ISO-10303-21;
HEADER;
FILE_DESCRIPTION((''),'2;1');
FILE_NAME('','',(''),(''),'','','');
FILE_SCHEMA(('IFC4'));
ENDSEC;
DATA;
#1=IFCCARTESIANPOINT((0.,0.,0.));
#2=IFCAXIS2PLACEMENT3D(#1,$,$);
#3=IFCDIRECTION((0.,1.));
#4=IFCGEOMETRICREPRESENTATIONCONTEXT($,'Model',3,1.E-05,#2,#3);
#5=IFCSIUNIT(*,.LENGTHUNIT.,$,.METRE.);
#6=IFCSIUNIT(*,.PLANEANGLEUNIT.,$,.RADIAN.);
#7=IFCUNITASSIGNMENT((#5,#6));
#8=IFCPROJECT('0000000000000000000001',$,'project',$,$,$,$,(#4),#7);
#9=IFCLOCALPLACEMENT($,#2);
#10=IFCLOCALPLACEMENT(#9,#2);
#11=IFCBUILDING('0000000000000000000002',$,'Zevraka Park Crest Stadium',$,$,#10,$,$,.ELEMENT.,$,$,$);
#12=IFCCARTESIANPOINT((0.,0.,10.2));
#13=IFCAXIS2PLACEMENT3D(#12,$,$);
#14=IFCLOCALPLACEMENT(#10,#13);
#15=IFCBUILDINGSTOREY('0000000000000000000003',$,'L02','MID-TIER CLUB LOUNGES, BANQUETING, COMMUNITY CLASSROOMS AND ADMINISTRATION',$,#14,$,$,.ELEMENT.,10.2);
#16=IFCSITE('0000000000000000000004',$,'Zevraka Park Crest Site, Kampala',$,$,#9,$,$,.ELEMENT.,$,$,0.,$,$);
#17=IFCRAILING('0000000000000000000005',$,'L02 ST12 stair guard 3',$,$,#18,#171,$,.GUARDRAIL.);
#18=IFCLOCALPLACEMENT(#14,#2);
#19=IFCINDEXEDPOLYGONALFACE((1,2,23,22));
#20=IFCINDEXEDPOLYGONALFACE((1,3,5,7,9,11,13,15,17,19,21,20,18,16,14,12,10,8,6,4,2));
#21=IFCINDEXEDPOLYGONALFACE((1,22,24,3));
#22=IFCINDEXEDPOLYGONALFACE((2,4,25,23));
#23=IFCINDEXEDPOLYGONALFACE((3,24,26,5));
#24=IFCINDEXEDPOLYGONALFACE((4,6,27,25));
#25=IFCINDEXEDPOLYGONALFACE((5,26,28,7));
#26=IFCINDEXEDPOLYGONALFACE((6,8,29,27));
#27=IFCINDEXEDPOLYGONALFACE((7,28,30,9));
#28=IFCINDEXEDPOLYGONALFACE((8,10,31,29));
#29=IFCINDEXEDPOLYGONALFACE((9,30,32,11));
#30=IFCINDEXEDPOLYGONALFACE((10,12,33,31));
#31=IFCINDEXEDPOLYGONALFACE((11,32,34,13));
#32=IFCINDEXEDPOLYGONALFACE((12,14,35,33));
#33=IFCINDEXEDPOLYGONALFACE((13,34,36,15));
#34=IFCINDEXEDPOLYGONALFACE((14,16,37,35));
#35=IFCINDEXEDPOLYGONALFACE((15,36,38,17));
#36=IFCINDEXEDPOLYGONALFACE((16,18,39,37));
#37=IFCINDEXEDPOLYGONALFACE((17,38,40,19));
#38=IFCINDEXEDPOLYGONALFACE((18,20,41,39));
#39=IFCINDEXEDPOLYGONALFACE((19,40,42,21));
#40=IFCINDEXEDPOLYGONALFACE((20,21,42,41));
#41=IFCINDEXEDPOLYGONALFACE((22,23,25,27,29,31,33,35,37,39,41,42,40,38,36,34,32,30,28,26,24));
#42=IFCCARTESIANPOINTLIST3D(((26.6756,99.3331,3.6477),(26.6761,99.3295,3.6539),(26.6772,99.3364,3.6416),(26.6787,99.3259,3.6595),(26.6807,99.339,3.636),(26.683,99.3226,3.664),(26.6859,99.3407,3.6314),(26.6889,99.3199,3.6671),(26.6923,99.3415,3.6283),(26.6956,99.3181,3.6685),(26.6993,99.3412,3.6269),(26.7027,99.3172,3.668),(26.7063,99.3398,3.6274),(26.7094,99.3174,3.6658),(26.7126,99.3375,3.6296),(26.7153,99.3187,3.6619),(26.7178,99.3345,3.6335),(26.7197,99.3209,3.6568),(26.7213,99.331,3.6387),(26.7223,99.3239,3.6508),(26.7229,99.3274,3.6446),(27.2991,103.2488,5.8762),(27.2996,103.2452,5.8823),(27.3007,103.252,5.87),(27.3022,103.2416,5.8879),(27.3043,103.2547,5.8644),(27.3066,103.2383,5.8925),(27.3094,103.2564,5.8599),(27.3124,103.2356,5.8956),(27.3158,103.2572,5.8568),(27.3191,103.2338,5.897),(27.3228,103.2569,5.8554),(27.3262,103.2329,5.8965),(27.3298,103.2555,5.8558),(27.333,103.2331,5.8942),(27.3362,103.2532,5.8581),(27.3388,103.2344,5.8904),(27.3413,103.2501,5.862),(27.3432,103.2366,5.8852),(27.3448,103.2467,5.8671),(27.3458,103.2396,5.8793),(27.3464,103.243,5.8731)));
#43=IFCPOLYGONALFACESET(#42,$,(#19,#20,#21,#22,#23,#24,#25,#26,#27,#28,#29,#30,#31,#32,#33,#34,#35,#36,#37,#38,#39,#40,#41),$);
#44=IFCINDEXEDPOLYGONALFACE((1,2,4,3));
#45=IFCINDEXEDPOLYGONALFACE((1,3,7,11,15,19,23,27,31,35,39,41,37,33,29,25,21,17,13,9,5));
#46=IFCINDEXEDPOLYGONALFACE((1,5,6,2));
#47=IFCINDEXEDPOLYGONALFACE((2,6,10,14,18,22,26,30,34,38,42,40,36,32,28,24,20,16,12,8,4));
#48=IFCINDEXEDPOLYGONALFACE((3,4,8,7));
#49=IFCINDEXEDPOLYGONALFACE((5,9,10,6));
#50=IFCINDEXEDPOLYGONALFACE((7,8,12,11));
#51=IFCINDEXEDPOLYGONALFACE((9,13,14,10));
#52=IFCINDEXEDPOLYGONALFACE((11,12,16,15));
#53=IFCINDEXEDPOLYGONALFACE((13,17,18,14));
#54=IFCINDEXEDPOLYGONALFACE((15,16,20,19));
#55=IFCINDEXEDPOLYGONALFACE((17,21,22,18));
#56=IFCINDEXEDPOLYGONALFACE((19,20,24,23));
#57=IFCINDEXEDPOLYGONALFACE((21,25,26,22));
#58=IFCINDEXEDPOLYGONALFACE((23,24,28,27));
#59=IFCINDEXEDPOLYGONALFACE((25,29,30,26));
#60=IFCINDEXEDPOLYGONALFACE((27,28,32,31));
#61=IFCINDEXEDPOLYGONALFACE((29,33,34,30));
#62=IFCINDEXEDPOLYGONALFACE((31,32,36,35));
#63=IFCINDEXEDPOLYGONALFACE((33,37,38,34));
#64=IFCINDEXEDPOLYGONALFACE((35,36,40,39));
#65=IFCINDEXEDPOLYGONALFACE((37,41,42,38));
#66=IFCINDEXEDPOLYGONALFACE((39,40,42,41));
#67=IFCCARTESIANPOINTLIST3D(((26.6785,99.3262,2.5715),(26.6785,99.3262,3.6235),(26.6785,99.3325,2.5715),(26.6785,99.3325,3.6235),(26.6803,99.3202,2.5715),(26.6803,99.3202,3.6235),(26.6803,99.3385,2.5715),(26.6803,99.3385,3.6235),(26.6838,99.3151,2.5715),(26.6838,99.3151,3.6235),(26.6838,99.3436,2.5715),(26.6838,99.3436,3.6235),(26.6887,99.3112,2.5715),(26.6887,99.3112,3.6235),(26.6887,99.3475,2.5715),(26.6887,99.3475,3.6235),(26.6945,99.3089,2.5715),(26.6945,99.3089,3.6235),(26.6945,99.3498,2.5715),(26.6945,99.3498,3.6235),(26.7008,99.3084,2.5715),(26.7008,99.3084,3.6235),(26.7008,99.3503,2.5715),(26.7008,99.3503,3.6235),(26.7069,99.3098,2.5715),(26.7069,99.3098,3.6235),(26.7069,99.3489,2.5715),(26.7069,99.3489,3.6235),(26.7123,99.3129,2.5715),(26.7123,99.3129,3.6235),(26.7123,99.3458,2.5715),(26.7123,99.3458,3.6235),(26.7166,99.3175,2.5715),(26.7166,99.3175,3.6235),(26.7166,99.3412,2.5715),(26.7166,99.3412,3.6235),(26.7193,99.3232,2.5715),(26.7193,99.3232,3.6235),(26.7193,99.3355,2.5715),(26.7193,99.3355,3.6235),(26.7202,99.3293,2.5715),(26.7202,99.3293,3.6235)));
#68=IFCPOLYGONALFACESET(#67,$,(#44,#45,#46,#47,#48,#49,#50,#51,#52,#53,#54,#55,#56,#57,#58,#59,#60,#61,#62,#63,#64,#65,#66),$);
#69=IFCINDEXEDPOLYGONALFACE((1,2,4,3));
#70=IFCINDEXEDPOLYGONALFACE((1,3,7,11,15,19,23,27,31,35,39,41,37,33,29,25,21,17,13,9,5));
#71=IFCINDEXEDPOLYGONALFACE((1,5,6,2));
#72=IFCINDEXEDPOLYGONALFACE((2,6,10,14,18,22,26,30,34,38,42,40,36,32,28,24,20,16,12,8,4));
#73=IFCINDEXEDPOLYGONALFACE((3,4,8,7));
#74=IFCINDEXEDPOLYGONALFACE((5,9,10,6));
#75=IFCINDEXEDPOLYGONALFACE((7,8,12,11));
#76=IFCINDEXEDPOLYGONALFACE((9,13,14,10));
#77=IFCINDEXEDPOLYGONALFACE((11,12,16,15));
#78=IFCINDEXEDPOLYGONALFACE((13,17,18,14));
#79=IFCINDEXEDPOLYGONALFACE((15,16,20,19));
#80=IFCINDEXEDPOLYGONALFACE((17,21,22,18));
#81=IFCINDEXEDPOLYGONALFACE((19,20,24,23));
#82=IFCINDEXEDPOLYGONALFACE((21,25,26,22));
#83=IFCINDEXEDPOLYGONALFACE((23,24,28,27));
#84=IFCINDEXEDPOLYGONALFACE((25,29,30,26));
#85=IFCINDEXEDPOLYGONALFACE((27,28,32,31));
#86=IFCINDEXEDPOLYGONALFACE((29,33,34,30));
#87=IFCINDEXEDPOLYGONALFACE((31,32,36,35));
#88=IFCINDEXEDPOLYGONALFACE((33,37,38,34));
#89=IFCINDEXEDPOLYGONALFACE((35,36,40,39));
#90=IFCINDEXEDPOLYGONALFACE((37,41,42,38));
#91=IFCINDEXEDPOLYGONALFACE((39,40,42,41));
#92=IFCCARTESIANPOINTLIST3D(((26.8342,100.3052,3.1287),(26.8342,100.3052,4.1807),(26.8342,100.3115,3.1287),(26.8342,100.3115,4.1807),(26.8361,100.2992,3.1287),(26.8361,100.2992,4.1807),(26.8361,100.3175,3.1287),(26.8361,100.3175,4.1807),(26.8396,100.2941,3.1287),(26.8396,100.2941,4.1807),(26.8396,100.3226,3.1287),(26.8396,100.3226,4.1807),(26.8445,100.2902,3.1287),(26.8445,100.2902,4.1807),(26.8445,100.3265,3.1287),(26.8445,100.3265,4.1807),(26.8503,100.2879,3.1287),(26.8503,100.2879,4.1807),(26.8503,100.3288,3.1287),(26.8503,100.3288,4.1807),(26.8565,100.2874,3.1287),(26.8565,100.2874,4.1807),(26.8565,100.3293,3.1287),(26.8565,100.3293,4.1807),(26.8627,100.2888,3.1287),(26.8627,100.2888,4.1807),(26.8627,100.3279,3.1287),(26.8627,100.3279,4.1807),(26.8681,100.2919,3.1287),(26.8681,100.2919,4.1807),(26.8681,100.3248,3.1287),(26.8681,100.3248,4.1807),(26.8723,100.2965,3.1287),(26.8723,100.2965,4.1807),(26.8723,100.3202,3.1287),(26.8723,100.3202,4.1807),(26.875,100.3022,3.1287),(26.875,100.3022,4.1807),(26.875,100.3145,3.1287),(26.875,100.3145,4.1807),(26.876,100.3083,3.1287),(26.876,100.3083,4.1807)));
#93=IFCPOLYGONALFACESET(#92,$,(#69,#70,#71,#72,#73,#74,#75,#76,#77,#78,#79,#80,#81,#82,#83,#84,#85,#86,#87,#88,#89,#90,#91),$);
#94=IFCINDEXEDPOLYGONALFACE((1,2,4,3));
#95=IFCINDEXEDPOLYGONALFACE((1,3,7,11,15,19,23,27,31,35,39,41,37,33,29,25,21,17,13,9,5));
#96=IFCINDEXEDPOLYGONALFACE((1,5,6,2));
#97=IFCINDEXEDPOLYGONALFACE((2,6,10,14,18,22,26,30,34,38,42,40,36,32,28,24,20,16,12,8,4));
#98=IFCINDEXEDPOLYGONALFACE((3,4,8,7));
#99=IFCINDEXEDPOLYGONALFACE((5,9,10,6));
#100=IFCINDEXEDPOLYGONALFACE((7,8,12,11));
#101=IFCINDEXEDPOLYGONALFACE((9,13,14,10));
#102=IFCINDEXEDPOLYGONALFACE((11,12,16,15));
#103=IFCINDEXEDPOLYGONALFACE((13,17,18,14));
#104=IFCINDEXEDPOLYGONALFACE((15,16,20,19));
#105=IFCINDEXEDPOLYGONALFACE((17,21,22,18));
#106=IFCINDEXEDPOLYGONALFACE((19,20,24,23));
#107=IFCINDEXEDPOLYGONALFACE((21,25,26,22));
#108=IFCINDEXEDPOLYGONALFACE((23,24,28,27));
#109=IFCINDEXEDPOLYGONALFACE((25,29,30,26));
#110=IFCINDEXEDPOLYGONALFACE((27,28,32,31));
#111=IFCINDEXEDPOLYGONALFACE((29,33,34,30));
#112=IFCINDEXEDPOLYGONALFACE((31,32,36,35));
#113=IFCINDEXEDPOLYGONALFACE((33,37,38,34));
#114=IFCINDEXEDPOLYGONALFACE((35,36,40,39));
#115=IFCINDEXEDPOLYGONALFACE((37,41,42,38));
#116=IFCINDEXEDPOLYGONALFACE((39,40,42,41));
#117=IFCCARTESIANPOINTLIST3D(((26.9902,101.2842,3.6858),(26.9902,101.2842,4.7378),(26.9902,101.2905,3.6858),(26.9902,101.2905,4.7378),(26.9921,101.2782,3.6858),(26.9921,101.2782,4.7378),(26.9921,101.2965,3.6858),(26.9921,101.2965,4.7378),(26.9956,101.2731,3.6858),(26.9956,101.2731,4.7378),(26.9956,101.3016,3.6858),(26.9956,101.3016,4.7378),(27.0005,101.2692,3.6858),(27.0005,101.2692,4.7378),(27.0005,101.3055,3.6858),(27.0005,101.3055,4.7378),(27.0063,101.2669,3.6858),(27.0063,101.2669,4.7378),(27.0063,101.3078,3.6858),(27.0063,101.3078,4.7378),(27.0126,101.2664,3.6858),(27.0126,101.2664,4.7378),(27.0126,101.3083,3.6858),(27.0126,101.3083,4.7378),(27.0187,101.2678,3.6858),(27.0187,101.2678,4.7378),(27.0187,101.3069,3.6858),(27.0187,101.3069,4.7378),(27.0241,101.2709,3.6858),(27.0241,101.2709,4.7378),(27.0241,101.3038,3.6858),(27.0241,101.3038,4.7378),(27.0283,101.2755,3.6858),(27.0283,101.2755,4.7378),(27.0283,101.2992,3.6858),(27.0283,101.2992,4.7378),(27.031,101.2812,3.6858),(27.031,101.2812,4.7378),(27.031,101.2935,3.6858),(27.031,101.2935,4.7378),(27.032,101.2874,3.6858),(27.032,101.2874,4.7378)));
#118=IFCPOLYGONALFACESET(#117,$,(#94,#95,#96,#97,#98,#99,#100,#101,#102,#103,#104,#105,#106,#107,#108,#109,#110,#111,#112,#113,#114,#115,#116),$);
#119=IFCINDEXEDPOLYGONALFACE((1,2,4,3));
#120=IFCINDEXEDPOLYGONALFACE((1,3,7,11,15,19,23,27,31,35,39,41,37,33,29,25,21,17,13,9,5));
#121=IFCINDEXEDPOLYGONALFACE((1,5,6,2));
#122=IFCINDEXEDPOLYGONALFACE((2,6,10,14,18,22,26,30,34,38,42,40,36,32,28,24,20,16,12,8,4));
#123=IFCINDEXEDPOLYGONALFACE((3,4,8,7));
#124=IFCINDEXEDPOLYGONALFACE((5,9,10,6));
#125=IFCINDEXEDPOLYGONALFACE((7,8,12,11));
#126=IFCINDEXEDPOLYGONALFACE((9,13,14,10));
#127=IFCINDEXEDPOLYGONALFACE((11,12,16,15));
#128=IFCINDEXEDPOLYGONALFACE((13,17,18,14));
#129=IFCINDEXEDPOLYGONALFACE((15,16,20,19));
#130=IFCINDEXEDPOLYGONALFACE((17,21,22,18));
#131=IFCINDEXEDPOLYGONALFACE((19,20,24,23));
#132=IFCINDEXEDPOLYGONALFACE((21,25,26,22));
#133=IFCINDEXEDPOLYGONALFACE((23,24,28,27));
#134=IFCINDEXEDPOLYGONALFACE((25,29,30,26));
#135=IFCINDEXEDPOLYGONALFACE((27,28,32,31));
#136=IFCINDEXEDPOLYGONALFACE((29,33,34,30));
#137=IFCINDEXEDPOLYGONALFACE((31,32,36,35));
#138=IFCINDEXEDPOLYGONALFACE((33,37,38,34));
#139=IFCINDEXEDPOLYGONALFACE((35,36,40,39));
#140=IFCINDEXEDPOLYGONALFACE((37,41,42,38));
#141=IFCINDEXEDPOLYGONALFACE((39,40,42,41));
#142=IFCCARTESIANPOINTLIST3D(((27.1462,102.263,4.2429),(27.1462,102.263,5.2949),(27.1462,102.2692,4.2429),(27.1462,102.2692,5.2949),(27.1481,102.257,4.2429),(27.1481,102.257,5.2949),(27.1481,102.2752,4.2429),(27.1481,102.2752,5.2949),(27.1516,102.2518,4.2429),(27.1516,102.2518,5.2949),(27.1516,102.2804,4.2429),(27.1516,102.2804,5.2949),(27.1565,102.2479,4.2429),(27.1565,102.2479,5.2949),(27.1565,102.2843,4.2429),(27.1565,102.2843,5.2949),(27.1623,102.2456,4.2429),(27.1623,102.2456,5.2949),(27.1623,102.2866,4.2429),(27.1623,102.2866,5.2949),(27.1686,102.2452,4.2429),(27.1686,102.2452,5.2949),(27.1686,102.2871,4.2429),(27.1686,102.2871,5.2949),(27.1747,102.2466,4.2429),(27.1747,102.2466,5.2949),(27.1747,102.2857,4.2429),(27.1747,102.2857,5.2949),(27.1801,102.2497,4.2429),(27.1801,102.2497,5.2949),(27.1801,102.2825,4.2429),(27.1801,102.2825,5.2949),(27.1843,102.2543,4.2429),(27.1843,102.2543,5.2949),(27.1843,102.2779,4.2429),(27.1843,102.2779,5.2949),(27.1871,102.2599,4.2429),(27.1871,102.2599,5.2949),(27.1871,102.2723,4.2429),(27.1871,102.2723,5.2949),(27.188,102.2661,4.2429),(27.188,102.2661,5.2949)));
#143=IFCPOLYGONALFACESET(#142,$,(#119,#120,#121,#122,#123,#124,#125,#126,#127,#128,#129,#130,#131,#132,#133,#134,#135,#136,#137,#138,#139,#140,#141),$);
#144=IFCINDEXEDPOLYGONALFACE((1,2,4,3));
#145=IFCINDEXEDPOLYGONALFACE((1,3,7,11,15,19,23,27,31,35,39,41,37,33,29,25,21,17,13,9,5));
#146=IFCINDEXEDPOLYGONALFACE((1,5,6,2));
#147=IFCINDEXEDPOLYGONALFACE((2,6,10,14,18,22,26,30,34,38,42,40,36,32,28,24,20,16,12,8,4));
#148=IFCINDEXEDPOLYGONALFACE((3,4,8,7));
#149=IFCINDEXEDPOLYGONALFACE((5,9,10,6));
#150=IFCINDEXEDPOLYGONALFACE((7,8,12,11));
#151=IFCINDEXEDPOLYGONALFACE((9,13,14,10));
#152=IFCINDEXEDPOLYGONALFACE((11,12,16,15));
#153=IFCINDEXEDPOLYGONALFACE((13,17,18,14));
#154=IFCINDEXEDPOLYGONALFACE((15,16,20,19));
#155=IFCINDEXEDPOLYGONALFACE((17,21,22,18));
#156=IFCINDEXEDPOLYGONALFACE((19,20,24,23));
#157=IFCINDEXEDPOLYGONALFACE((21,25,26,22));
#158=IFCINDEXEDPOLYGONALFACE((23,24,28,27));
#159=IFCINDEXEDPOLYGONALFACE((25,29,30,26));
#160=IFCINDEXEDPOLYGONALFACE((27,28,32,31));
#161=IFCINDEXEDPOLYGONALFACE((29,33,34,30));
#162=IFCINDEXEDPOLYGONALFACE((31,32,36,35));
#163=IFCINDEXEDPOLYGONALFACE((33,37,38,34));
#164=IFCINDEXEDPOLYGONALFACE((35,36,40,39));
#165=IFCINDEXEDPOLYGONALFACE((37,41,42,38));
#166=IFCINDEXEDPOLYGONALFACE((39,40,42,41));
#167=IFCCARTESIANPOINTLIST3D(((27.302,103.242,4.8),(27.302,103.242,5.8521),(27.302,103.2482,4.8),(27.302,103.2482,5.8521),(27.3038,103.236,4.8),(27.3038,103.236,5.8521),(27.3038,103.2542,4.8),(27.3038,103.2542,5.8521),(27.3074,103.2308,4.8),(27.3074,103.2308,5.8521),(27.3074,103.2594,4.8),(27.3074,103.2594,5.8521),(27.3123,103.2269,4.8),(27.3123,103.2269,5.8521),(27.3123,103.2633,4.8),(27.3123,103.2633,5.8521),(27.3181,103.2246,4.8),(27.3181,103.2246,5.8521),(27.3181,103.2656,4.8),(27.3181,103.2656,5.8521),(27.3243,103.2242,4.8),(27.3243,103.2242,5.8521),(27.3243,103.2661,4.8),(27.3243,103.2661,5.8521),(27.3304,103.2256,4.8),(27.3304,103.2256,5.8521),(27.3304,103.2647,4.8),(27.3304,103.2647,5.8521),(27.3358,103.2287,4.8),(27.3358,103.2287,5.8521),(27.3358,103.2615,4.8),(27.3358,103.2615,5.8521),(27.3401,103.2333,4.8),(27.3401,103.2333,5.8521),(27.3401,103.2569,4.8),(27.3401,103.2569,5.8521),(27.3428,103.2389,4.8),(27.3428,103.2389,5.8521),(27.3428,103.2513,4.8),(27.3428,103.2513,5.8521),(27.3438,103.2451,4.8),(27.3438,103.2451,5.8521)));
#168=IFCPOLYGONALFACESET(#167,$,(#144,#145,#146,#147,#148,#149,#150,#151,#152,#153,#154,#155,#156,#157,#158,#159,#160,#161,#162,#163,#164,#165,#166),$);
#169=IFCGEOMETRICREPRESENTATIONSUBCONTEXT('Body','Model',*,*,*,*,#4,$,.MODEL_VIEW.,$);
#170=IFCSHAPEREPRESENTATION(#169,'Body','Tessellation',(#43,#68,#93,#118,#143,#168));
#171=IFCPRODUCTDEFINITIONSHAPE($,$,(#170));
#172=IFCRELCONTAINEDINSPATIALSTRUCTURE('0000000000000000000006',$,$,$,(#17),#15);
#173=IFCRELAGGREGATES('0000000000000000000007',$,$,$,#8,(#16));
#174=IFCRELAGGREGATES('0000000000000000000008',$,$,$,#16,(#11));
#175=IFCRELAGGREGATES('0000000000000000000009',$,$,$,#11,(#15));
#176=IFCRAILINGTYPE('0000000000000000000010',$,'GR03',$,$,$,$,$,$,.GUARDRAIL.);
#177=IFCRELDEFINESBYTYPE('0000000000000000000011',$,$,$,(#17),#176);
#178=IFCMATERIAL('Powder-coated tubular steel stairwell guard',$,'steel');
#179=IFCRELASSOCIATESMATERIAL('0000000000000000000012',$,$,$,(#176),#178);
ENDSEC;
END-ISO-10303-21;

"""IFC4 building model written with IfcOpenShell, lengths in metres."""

from ifc_helpers import new_model, si_unit, direction, frame, origin, origin_2d, place, context, subcontext, project, spatial, circle, extrude, material, type_object, element, save


model = new_model("IFC4")

# Units and contexts
model_context = context("Model", 3, precision=1e-05, world=origin(), true_north=direction((0.0, 1.0)))
body_context = subcontext(model_context, "Body", "Model", "MODEL_VIEW")
ifc_project = project(units=[si_unit("LENGTHUNIT", "METRE"), si_unit("PLANEANGLEUNIT", "RADIAN")], contexts=[model_context])

# Site, building, storey
site_placement = place(None, origin())
site = spatial("IfcSite", under=ifc_project, at=site_placement, Name="Zevraka Park Crest Site, Kampala", CompositionType="ELEMENT", RefElevation=0.0)
building_placement = place(site_placement, origin())
building = spatial("IfcBuilding", under=site, at=building_placement, Name="Zevraka Park Crest Stadium", CompositionType="ELEMENT")
storey_placement = place(building_placement, frame((0.0, 0.0, 10.2)))
storey = spatial("IfcBuildingStorey", under=building, at=storey_placement, Name="L02", Description="MID-TIER CLUB LOUNGES, BANQUETING, COMMUNITY CLASSROOMS AND ADMINISTRATION", CompositionType="ELEMENT", Elevation=10.2)

# Railing
ifc_material_1 = material(Name="Powder-coated tubular steel stairwell guard", Category="steel")
railing_type_1 = type_object("IfcRailingType", Name="GR03", PredefinedType="GUARDRAIL", material=ifc_material_1)
railing_1_placement = place(storey_placement, frame((26.6992, 99.3293, 2.5715)))
element("IfcRailing", 1, at=railing_1_placement, inside=storey, type_object=railing_type_1, Name="L02 ST12 stair guard 3", PredefinedType="GUARDRAIL", context=body_context, shape_type="SweptSolid", body=[
    extrude(circle(Radius=0.0239, at=origin_2d()), frame((0.0, 0.0, 1.0762), z_axis=(0.137088, 0.860903, 0.489951), x_axis=(-0.987558, 0.157256, 0.0)), (0.0, 0.0, 1.0), 4.5483),
    extrude(circle(Radius=0.021, at=origin_2d()), origin(), (0.0, 0.0, 1.0), 1.052),
    extrude(circle(Radius=0.021, at=origin_2d()), frame((0.1558, 0.979, 0.5571)), (0.0, 0.0, 1.0), 1.052),
    extrude(circle(Radius=0.021, at=origin_2d()), frame((0.3118, 1.958, 1.1143)), (0.0, 0.0, 1.0), 1.052),
    extrude(circle(Radius=0.021, at=origin_2d()), frame((0.4678, 2.9368, 1.6714)), (0.0, 0.0, 1.0), 1.052),
    extrude(circle(Radius=0.021, at=origin_2d()), frame((0.6235, 3.9158, 2.2285)), (0.0, 0.0, 1.0), 1.052),
])

save(model, "model.ifc")
